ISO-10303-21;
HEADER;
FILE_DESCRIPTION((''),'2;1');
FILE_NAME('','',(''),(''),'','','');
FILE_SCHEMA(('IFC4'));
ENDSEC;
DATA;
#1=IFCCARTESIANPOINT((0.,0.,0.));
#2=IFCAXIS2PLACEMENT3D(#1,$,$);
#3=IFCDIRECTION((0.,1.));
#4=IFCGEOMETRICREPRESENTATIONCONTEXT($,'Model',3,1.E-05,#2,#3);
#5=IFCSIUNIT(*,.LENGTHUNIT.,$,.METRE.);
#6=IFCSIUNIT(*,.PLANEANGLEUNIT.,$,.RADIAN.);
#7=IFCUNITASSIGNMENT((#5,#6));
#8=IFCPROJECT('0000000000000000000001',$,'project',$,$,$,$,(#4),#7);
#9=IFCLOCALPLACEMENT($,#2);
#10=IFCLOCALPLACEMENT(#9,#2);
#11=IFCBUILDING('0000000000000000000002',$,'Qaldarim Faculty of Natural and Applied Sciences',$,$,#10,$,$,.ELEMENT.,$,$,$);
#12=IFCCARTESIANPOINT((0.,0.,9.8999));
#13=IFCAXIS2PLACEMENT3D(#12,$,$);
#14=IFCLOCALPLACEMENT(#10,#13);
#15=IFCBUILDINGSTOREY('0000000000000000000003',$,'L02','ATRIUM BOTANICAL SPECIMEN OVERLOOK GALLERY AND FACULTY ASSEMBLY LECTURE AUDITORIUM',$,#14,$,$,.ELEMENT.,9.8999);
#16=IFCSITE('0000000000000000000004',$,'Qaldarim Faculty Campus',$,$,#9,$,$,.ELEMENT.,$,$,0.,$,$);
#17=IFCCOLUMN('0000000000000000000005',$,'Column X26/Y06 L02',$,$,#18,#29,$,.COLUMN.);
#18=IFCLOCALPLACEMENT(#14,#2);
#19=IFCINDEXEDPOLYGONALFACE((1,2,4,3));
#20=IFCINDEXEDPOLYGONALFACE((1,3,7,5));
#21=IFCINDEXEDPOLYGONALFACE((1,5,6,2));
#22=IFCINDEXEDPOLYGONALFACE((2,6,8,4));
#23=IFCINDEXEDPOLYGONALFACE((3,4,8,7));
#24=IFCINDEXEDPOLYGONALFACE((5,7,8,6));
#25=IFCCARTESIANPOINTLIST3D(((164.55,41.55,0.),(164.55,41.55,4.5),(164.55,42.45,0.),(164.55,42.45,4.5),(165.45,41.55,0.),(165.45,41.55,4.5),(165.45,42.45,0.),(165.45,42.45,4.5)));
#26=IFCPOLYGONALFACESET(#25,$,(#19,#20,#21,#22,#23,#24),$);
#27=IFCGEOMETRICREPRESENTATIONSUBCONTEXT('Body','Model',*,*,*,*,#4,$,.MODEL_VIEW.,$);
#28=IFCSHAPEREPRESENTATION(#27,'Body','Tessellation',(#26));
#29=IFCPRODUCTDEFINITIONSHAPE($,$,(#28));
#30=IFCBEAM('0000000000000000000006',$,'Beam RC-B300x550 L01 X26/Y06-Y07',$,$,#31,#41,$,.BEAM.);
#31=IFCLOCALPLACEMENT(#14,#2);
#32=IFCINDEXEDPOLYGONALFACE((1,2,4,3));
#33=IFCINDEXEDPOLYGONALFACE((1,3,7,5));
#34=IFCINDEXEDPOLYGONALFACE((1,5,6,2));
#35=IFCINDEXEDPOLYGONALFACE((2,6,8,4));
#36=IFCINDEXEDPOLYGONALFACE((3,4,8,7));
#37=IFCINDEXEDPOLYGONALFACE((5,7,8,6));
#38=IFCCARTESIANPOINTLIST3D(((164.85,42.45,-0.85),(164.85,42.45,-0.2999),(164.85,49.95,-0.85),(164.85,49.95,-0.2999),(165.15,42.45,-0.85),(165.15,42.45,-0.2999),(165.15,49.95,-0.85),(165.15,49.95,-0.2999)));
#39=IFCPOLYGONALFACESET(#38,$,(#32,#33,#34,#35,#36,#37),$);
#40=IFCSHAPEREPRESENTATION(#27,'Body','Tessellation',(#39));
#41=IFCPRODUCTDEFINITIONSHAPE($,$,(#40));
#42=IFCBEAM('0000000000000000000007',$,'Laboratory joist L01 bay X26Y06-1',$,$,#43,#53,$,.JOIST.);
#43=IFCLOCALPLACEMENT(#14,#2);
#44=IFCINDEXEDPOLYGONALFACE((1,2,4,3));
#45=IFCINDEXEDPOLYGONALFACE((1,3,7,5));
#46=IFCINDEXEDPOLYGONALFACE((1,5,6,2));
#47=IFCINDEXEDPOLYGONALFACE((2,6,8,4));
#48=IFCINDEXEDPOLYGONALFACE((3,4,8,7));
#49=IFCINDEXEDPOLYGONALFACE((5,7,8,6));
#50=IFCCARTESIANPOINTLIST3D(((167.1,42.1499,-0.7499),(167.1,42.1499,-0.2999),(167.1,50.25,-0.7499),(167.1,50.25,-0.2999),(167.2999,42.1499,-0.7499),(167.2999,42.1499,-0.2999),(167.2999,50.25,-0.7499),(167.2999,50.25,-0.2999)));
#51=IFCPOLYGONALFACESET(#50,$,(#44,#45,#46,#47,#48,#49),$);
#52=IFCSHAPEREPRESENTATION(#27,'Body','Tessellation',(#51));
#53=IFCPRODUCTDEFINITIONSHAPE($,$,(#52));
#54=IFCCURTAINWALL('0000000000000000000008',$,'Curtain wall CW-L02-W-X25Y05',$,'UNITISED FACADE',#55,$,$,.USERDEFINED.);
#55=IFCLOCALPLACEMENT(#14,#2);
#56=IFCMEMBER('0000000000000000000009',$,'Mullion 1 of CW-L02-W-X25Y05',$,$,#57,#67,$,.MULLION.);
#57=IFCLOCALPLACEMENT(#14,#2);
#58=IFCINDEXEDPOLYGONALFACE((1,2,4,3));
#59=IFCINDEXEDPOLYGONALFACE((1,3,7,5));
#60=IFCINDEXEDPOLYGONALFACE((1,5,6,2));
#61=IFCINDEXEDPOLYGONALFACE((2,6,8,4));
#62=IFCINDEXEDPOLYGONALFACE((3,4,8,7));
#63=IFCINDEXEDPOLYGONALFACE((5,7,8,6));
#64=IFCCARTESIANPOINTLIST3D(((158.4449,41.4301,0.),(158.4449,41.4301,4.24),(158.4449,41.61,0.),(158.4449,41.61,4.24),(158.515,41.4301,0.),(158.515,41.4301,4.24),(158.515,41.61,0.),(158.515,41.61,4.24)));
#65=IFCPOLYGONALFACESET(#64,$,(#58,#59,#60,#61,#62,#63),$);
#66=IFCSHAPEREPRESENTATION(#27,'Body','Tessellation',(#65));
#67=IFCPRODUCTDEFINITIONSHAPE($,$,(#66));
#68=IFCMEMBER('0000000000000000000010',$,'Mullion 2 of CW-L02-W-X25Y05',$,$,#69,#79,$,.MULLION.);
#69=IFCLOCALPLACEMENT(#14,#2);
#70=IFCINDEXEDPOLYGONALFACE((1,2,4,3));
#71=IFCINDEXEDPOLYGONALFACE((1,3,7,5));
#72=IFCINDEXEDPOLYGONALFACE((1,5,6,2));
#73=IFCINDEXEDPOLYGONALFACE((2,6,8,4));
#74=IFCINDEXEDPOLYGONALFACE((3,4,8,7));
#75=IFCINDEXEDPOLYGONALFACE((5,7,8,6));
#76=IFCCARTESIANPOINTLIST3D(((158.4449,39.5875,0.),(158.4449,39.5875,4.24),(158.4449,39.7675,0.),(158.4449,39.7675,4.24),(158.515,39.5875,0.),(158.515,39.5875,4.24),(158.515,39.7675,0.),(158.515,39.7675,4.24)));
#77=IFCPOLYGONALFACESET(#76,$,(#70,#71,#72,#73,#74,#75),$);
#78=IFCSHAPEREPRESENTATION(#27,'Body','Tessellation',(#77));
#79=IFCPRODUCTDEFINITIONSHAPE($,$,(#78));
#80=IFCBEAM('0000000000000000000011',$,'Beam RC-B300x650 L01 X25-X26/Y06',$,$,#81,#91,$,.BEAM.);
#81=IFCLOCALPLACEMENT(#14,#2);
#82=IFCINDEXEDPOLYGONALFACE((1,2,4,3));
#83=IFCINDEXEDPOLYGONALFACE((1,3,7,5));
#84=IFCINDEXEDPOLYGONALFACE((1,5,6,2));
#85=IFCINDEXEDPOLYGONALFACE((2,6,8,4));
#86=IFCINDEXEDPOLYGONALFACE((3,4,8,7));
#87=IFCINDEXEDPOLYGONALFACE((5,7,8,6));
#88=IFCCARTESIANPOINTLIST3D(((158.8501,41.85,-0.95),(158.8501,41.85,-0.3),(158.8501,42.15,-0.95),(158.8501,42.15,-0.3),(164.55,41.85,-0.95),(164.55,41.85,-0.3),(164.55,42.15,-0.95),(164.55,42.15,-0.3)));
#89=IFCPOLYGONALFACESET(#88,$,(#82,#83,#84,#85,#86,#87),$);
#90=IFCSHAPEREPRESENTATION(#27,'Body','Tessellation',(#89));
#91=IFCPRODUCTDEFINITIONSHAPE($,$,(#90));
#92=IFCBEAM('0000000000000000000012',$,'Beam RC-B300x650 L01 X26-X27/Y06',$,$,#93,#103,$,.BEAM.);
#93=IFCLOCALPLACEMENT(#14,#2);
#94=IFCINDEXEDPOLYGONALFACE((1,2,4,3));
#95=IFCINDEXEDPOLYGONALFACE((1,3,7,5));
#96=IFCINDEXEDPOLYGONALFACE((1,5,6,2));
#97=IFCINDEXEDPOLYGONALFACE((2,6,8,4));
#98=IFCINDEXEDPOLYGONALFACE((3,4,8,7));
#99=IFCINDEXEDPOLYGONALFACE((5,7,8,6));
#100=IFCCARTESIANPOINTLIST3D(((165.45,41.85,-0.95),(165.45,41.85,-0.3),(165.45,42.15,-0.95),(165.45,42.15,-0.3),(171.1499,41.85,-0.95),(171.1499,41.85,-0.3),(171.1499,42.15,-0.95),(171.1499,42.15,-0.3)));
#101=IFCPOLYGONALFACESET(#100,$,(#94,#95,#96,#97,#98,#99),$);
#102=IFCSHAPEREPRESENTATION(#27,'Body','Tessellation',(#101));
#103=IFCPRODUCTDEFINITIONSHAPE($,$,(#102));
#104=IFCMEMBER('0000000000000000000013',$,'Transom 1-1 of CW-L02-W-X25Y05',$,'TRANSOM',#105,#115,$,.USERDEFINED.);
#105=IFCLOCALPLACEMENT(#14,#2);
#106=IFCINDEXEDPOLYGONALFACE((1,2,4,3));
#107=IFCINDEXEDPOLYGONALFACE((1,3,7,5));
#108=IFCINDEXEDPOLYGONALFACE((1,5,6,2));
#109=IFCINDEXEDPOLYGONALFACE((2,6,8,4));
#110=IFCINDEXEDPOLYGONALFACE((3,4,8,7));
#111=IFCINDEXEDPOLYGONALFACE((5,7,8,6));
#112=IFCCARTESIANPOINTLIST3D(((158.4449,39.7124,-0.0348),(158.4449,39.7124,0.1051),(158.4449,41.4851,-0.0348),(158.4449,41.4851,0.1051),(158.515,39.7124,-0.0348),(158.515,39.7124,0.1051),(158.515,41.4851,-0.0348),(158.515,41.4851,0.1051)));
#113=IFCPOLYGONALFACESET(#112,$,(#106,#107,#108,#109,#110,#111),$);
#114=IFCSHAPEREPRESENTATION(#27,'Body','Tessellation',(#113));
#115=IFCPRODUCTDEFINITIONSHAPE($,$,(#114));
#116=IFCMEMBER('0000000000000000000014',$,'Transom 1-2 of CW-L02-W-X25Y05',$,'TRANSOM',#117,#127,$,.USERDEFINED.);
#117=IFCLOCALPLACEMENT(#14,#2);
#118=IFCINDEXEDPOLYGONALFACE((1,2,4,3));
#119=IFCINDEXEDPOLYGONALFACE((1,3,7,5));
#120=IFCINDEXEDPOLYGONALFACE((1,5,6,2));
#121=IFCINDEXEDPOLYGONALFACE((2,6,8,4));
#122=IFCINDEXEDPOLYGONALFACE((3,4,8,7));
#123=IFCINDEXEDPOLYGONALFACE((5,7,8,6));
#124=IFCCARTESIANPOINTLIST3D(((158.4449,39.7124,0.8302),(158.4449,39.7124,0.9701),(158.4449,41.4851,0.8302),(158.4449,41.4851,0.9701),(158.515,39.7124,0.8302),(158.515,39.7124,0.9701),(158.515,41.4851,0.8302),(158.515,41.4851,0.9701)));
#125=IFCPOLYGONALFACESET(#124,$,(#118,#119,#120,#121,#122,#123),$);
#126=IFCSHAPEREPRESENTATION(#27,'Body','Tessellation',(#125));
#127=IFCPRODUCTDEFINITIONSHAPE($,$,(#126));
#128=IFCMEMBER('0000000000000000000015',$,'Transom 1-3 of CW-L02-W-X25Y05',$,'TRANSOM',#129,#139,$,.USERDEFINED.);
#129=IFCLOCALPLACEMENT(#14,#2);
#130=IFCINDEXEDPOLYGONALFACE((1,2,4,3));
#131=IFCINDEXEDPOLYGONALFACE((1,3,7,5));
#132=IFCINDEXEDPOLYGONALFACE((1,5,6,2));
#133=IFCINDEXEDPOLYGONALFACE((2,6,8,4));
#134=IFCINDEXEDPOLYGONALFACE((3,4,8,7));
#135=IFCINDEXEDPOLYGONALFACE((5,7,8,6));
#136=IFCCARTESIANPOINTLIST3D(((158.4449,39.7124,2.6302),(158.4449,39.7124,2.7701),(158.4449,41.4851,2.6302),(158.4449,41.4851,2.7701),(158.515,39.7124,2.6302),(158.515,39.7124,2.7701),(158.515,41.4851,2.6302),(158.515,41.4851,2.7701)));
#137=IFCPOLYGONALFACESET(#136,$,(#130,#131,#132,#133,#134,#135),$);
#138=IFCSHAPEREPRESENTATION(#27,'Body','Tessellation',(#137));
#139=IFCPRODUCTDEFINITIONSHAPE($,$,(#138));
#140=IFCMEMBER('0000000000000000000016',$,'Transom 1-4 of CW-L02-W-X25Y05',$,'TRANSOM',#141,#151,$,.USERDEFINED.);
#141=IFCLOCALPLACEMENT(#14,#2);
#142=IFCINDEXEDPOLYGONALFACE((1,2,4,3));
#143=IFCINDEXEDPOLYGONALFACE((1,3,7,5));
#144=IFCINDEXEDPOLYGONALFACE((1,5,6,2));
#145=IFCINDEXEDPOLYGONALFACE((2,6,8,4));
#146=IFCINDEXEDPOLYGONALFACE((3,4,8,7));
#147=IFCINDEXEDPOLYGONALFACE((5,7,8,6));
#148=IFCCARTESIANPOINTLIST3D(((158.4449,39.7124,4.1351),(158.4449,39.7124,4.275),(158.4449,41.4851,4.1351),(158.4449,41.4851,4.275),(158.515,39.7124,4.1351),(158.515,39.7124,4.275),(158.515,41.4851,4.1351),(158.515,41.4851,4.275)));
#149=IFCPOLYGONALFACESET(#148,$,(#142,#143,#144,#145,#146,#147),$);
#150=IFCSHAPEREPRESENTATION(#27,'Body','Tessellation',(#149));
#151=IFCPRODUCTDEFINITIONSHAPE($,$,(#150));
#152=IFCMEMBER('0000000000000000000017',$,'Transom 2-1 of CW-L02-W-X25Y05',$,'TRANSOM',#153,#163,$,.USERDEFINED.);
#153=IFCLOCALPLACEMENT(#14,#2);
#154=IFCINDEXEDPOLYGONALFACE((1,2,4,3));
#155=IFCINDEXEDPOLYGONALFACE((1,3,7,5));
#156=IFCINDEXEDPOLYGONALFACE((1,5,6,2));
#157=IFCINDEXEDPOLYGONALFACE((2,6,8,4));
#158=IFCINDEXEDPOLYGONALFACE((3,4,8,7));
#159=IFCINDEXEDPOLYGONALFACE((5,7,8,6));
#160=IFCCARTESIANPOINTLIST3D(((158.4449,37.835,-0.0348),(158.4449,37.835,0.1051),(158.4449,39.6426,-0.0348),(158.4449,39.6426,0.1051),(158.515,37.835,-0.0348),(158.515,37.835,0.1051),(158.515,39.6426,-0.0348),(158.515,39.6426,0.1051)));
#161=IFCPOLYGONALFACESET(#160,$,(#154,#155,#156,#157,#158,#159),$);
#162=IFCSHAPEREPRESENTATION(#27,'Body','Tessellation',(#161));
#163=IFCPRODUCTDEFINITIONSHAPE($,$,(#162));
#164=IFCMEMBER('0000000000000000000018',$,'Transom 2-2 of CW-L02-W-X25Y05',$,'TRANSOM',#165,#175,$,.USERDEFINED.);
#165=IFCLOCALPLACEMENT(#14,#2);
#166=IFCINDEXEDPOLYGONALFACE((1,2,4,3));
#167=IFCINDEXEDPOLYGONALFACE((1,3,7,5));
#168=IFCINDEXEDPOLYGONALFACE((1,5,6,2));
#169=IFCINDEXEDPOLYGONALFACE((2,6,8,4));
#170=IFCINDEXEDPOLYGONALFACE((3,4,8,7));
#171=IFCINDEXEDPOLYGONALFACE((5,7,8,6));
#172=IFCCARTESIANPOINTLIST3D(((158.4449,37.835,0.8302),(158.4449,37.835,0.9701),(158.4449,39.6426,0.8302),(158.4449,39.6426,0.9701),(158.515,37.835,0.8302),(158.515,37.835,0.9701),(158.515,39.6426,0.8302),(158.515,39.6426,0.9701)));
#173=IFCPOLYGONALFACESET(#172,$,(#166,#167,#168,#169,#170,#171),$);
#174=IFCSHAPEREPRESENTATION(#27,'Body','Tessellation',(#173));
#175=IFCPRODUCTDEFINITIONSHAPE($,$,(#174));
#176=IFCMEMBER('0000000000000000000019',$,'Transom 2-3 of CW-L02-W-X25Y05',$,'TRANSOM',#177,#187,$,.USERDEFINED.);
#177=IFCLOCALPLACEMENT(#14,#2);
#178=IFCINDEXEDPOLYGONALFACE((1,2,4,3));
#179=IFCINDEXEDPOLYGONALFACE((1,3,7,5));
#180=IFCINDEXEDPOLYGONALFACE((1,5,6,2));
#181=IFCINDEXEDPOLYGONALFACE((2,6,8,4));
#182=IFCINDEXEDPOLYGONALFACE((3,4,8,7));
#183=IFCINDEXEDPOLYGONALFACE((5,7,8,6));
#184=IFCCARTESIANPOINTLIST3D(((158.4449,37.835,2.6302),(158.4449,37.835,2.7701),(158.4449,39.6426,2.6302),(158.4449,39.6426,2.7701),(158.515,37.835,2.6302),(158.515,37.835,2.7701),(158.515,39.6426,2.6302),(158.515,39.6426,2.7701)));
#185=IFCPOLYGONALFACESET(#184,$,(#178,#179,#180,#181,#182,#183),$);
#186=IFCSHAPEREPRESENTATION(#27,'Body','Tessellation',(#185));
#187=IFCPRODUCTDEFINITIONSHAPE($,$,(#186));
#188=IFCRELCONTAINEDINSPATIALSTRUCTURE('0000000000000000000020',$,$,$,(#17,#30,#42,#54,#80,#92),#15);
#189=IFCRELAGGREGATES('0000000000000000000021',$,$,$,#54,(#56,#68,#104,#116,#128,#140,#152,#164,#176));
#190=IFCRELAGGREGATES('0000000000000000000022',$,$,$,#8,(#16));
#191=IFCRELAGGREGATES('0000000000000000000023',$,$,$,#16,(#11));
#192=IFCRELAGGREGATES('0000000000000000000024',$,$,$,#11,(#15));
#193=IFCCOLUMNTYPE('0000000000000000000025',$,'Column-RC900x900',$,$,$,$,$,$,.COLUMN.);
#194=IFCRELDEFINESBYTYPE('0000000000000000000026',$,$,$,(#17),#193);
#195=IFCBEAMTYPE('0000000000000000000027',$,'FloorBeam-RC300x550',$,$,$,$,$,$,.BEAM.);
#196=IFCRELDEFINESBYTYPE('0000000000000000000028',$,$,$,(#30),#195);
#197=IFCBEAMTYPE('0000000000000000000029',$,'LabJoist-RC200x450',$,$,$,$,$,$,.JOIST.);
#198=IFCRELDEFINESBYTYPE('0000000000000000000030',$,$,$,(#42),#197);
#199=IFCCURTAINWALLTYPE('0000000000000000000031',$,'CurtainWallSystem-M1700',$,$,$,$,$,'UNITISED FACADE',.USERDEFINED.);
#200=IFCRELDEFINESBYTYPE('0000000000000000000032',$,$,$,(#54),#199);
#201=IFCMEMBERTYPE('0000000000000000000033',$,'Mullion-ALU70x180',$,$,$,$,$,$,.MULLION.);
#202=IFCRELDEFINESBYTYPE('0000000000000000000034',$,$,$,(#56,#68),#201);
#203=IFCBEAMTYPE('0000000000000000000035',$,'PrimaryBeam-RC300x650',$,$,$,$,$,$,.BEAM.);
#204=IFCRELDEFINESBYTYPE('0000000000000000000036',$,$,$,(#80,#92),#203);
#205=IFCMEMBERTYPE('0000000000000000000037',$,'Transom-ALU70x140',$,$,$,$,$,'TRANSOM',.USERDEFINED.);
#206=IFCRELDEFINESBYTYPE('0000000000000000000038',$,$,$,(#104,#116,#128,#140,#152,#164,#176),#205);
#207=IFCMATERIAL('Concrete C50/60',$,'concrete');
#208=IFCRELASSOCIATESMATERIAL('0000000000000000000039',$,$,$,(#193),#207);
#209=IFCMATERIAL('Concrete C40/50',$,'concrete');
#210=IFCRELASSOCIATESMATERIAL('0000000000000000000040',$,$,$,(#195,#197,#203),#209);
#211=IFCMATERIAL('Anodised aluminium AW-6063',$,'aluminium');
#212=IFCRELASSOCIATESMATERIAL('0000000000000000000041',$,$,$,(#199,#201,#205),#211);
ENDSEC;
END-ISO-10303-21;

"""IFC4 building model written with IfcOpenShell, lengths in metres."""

from ifc_helpers import new_model, si_unit, direction, frame, origin, origin_2d, place, context, subcontext, project, spatial, rectangle, extrude, material, material_profile, profile_set, type_object, element, aggregate, save


model = new_model("IFC4")

# Units and contexts
model_context = context("Model", 3, precision=1e-05, world=origin(), true_north=direction((0.0, 1.0)))
body_context = subcontext(model_context, "Body", "Model", "MODEL_VIEW")
ifc_project = project(units=[si_unit("LENGTHUNIT", "METRE"), si_unit("PLANEANGLEUNIT", "RADIAN")], contexts=[model_context])

# Site, building, storey
site_placement = place(None, origin())
site = spatial("IfcSite", under=ifc_project, at=site_placement, Name="Qaldarim Faculty Campus", CompositionType="ELEMENT", RefElevation=0.0)
building_placement = place(site_placement, origin())
building = spatial("IfcBuilding", under=site, at=building_placement, Name="Qaldarim Faculty of Natural and Applied Sciences", CompositionType="ELEMENT")
storey_placement = place(building_placement, frame((0.0, 0.0, 9.8999)))
storey = spatial("IfcBuildingStorey", under=building, at=storey_placement, Name="L02", Description="ATRIUM BOTANICAL SPECIMEN OVERLOOK GALLERY AND FACULTY ASSEMBLY LECTURE AUDITORIUM", CompositionType="ELEMENT", Elevation=9.8999)

# Column
ifc_material_1 = material(Name="Concrete C50/60", Category="concrete")
ifc_material_profile_1 = material_profile(ifc_material_1, rectangle(XDim=0.8999, YDim=0.8999, at=origin_2d()), Name="RC-C900x900")
ifc_profile_set_1 = profile_set([ifc_material_profile_1], Name="Concrete C50/60")
column_type = type_object("IfcColumnType", Name="Column-RC900x900", PredefinedType="COLUMN", material=ifc_profile_set_1)
column_placement = place(storey_placement, frame((165.0, 42.0, 0.0), z_axis=(0.0, 0.0, 1.0), x_axis=(1.0, 0.0, 0.0)))
element("IfcColumn", 1, at=column_placement, inside=storey, type_object=column_type, Name="Column X26/Y06 L02", PredefinedType="COLUMN", context=body_context, shape_type="SweptSolid", body=[
    extrude(rectangle(XDim=0.8999, YDim=0.8999, at=origin_2d()), origin(), (0.0, 0.0, 1.0), 4.5),
])

# Beams
ifc_material_2 = material(Name="Concrete C40/50", Category="concrete")
ifc_material_profile_2 = material_profile(ifc_material_2, rectangle(XDim=0.3, YDim=0.55, at=origin_2d()), Name="RC-B300x550")
ifc_profile_set_2 = profile_set([ifc_material_profile_2], Name="Concrete C40/50")
beam_type_1 = type_object("IfcBeamType", Name="FloorBeam-RC300x550", PredefinedType="BEAM", material=ifc_profile_set_2)
beam_1_placement = place(storey_placement, frame((165.0, 42.45, -0.575), z_axis=(0.0, 1.0, 0.0), x_axis=(-1.0, 0.0, 0.0)))
element("IfcBeam", 2, at=beam_1_placement, inside=storey, type_object=beam_type_1, Name="Beam RC-B300x550 L01 X26/Y06-Y07", PredefinedType="BEAM", context=body_context, shape_type="SweptSolid", body=[
    extrude(rectangle(XDim=0.3, YDim=0.55, at=origin_2d()), origin(), (0.0, 0.0, 1.0), 7.5),
])
ifc_material_profile_3 = material_profile(ifc_material_2, rectangle(XDim=0.2, YDim=0.45, at=origin_2d()), Name="RC-J200x450")
ifc_profile_set_3 = profile_set([ifc_material_profile_3], Name="Concrete C40/50")
beam_type_2 = type_object("IfcBeamType", Name="LabJoist-RC200x450", PredefinedType="JOIST", material=ifc_profile_set_3)
beam_2_placement = place(storey_placement, frame((167.2, 42.1499, -0.5249), z_axis=(0.0, 1.0, 0.0), x_axis=(-1.0, 0.0, 0.0)))
element("IfcBeam", 3, at=beam_2_placement, inside=storey, type_object=beam_type_2, Name="Laboratory joist L01 bay X26Y06-1", PredefinedType="JOIST", context=body_context, shape_type="SweptSolid", body=[
    extrude(rectangle(XDim=0.2, YDim=0.45, at=origin_2d()), origin(), (0.0, 0.0, 1.0), 8.1001),
])

# Curtain wall, members
ifc_material_3 = material(Name="Anodised aluminium AW-6063", Category="aluminium")
curtain_wall_type = type_object("IfcCurtainWallType", Name="CurtainWallSystem-M1700", ElementType="UNITISED FACADE", PredefinedType="USERDEFINED", material=ifc_material_3)
curtain_wall_placement = place(storey_placement, origin())
curtain_wall = element("IfcCurtainWall", 4, at=curtain_wall_placement, inside=storey, type_object=curtain_wall_type, Name="Curtain wall CW-L02-W-X25Y05", ObjectType="UNITISED FACADE", PredefinedType="USERDEFINED")
ifc_material_profile_4 = material_profile(ifc_material_3, rectangle(XDim=0.0701, YDim=0.1799, at=origin_2d()), Name="ALU-M70x180")
ifc_profile_set_4 = profile_set([ifc_material_profile_4], Name="Anodised aluminium AW-6063")
member_type_1 = type_object("IfcMemberType", Name="Mullion-ALU70x180", PredefinedType="MULLION", material=ifc_profile_set_4)
member_1_placement = place(storey_placement, frame((158.48, 41.52, 0.0), z_axis=(0.0, 0.0, 1.0), x_axis=(1.0, 0.0, 0.0)))
member_1 = element("IfcMember", 5, at=member_1_placement, type_object=member_type_1, Name="Mullion 1 of CW-L02-W-X25Y05", PredefinedType="MULLION", context=body_context, shape_type="SweptSolid", body=[
    extrude(rectangle(XDim=0.0701, YDim=0.1799, at=origin_2d()), origin(), (0.0, 0.0, 1.0), 4.24),
])
member_2_placement = place(storey_placement, frame((158.48, 39.6775, 0.0), z_axis=(0.0, 0.0, 1.0), x_axis=(1.0, 0.0, 0.0)))
member_2 = element("IfcMember", 6, at=member_2_placement, type_object=member_type_1, Name="Mullion 2 of CW-L02-W-X25Y05", PredefinedType="MULLION", context=body_context, shape_type="SweptSolid", body=[
    extrude(rectangle(XDim=0.0701, YDim=0.1799, at=origin_2d()), origin(), (0.0, 0.0, 1.0), 4.24),
])

# Beams
ifc_material_profile_5 = material_profile(ifc_material_2, rectangle(XDim=0.3, YDim=0.6499, at=origin_2d()), Name="RC-B300x650")
ifc_profile_set_5 = profile_set([ifc_material_profile_5], Name="Concrete C40/50")
beam_type_3 = type_object("IfcBeamType", Name="PrimaryBeam-RC300x650", PredefinedType="BEAM", material=ifc_profile_set_5)
for number, where, z_axis, x_axis, name in (
    (7, (158.8501, 42.0, -0.625), (1.0, 0.0, 0.0), (0.0, 1.0, 0.0), "Beam RC-B300x650 L01 X25-X26/Y06"),
    (8, (165.45, 42.0, -0.625), (1.0, 0.0, 0.0), (0.0, 1.0, 0.0), "Beam RC-B300x650 L01 X26-X27/Y06"),
):
    element("IfcBeam", number, at=place(storey_placement, frame(where, z_axis=z_axis, x_axis=x_axis)), inside=storey, type_object=beam_type_3, Name=name, PredefinedType="BEAM", context=body_context, shape_type="SweptSolid", body=[
        extrude(rectangle(XDim=0.3, YDim=0.6499, at=origin_2d()), origin(), (0.0, 0.0, 1.0), 5.7),
    ])

# Members
ifc_material_profile_6 = material_profile(ifc_material_3, rectangle(XDim=0.0701, YDim=0.1399, at=origin_2d()), Name="ALU-T70x140")
ifc_profile_set_6 = profile_set([ifc_material_profile_6], Name="Anodised aluminium AW-6063")
member_type_2 = type_object("IfcMemberType", Name="Transom-ALU70x140", ElementType="TRANSOM", PredefinedType="USERDEFINED", material=ifc_profile_set_6)
member_3_placement = place(storey_placement, frame((158.48, 41.4851, 0.0352), z_axis=(0.0, -1.0, 0.0), x_axis=(1.0, 0.0, 0.0)))
member_3 = element("IfcMember", 9, at=member_3_placement, type_object=member_type_2, Name="Transom 1-1 of CW-L02-W-X25Y05", ObjectType="TRANSOM", PredefinedType="USERDEFINED", context=body_context, shape_type="SweptSolid", body=[
    extrude(rectangle(XDim=0.0701, YDim=0.1399, at=origin_2d()), origin(), (0.0, 0.0, 1.0), 1.7727),
])
member_4_placement = place(storey_placement, frame((158.48, 41.4851, 0.9001), z_axis=(0.0, -1.0, 0.0), x_axis=(1.0, 0.0, 0.0)))
member_4 = element("IfcMember", 10, at=member_4_placement, type_object=member_type_2, Name="Transom 1-2 of CW-L02-W-X25Y05", ObjectType="TRANSOM", PredefinedType="USERDEFINED", context=body_context, shape_type="SweptSolid", body=[
    extrude(rectangle(XDim=0.0701, YDim=0.1399, at=origin_2d()), origin(), (0.0, 0.0, 1.0), 1.7727),
])
member_5_placement = place(storey_placement, frame((158.48, 41.4851, 2.7002), z_axis=(0.0, -1.0, 0.0), x_axis=(1.0, 0.0, 0.0)))
member_5 = element("IfcMember", 11, at=member_5_placement, type_object=member_type_2, Name="Transom 1-3 of CW-L02-W-X25Y05", ObjectType="TRANSOM", PredefinedType="USERDEFINED", context=body_context, shape_type="SweptSolid", body=[
    extrude(rectangle(XDim=0.0701, YDim=0.1399, at=origin_2d()), origin(), (0.0, 0.0, 1.0), 1.7727),
])
member_6_placement = place(storey_placement, frame((158.48, 41.4851, 4.2051), z_axis=(0.0, -1.0, 0.0), x_axis=(1.0, 0.0, 0.0)))
member_6 = element("IfcMember", 12, at=member_6_placement, type_object=member_type_2, Name="Transom 1-4 of CW-L02-W-X25Y05", ObjectType="TRANSOM", PredefinedType="USERDEFINED", context=body_context, shape_type="SweptSolid", body=[
    extrude(rectangle(XDim=0.0701, YDim=0.1399, at=origin_2d()), origin(), (0.0, 0.0, 1.0), 1.7727),
])
member_7_placement = place(storey_placement, frame((158.48, 39.6426, 0.0352), z_axis=(0.0, -1.0, 0.0), x_axis=(1.0, 0.0, 0.0)))
member_7 = element("IfcMember", 13, at=member_7_placement, type_object=member_type_2, Name="Transom 2-1 of CW-L02-W-X25Y05", ObjectType="TRANSOM", PredefinedType="USERDEFINED", context=body_context, shape_type="SweptSolid", body=[
    extrude(rectangle(XDim=0.0701, YDim=0.1399, at=origin_2d()), origin(), (0.0, 0.0, 1.0), 1.8076),
])
member_8_placement = place(storey_placement, frame((158.48, 39.6426, 0.9001), z_axis=(0.0, -1.0, 0.0), x_axis=(1.0, 0.0, 0.0)))
member_8 = element("IfcMember", 14, at=member_8_placement, type_object=member_type_2, Name="Transom 2-2 of CW-L02-W-X25Y05", ObjectType="TRANSOM", PredefinedType="USERDEFINED", context=body_context, shape_type="SweptSolid", body=[
    extrude(rectangle(XDim=0.0701, YDim=0.1399, at=origin_2d()), origin(), (0.0, 0.0, 1.0), 1.8076),
])
member_9_placement = place(storey_placement, frame((158.48, 39.6426, 2.7002), z_axis=(0.0, -1.0, 0.0), x_axis=(1.0, 0.0, 0.0)))
member_9 = element("IfcMember", 15, at=member_9_placement, type_object=member_type_2, Name="Transom 2-3 of CW-L02-W-X25Y05", ObjectType="TRANSOM", PredefinedType="USERDEFINED", context=body_context, shape_type="SweptSolid", body=[
    extrude(rectangle(XDim=0.0701, YDim=0.1399, at=origin_2d()), origin(), (0.0, 0.0, 1.0), 1.8076),
])

aggregate(curtain_wall, [member_1, member_2, member_3, member_4, member_5, member_6, member_7, member_8, member_9])

save(model, "model.ifc")
